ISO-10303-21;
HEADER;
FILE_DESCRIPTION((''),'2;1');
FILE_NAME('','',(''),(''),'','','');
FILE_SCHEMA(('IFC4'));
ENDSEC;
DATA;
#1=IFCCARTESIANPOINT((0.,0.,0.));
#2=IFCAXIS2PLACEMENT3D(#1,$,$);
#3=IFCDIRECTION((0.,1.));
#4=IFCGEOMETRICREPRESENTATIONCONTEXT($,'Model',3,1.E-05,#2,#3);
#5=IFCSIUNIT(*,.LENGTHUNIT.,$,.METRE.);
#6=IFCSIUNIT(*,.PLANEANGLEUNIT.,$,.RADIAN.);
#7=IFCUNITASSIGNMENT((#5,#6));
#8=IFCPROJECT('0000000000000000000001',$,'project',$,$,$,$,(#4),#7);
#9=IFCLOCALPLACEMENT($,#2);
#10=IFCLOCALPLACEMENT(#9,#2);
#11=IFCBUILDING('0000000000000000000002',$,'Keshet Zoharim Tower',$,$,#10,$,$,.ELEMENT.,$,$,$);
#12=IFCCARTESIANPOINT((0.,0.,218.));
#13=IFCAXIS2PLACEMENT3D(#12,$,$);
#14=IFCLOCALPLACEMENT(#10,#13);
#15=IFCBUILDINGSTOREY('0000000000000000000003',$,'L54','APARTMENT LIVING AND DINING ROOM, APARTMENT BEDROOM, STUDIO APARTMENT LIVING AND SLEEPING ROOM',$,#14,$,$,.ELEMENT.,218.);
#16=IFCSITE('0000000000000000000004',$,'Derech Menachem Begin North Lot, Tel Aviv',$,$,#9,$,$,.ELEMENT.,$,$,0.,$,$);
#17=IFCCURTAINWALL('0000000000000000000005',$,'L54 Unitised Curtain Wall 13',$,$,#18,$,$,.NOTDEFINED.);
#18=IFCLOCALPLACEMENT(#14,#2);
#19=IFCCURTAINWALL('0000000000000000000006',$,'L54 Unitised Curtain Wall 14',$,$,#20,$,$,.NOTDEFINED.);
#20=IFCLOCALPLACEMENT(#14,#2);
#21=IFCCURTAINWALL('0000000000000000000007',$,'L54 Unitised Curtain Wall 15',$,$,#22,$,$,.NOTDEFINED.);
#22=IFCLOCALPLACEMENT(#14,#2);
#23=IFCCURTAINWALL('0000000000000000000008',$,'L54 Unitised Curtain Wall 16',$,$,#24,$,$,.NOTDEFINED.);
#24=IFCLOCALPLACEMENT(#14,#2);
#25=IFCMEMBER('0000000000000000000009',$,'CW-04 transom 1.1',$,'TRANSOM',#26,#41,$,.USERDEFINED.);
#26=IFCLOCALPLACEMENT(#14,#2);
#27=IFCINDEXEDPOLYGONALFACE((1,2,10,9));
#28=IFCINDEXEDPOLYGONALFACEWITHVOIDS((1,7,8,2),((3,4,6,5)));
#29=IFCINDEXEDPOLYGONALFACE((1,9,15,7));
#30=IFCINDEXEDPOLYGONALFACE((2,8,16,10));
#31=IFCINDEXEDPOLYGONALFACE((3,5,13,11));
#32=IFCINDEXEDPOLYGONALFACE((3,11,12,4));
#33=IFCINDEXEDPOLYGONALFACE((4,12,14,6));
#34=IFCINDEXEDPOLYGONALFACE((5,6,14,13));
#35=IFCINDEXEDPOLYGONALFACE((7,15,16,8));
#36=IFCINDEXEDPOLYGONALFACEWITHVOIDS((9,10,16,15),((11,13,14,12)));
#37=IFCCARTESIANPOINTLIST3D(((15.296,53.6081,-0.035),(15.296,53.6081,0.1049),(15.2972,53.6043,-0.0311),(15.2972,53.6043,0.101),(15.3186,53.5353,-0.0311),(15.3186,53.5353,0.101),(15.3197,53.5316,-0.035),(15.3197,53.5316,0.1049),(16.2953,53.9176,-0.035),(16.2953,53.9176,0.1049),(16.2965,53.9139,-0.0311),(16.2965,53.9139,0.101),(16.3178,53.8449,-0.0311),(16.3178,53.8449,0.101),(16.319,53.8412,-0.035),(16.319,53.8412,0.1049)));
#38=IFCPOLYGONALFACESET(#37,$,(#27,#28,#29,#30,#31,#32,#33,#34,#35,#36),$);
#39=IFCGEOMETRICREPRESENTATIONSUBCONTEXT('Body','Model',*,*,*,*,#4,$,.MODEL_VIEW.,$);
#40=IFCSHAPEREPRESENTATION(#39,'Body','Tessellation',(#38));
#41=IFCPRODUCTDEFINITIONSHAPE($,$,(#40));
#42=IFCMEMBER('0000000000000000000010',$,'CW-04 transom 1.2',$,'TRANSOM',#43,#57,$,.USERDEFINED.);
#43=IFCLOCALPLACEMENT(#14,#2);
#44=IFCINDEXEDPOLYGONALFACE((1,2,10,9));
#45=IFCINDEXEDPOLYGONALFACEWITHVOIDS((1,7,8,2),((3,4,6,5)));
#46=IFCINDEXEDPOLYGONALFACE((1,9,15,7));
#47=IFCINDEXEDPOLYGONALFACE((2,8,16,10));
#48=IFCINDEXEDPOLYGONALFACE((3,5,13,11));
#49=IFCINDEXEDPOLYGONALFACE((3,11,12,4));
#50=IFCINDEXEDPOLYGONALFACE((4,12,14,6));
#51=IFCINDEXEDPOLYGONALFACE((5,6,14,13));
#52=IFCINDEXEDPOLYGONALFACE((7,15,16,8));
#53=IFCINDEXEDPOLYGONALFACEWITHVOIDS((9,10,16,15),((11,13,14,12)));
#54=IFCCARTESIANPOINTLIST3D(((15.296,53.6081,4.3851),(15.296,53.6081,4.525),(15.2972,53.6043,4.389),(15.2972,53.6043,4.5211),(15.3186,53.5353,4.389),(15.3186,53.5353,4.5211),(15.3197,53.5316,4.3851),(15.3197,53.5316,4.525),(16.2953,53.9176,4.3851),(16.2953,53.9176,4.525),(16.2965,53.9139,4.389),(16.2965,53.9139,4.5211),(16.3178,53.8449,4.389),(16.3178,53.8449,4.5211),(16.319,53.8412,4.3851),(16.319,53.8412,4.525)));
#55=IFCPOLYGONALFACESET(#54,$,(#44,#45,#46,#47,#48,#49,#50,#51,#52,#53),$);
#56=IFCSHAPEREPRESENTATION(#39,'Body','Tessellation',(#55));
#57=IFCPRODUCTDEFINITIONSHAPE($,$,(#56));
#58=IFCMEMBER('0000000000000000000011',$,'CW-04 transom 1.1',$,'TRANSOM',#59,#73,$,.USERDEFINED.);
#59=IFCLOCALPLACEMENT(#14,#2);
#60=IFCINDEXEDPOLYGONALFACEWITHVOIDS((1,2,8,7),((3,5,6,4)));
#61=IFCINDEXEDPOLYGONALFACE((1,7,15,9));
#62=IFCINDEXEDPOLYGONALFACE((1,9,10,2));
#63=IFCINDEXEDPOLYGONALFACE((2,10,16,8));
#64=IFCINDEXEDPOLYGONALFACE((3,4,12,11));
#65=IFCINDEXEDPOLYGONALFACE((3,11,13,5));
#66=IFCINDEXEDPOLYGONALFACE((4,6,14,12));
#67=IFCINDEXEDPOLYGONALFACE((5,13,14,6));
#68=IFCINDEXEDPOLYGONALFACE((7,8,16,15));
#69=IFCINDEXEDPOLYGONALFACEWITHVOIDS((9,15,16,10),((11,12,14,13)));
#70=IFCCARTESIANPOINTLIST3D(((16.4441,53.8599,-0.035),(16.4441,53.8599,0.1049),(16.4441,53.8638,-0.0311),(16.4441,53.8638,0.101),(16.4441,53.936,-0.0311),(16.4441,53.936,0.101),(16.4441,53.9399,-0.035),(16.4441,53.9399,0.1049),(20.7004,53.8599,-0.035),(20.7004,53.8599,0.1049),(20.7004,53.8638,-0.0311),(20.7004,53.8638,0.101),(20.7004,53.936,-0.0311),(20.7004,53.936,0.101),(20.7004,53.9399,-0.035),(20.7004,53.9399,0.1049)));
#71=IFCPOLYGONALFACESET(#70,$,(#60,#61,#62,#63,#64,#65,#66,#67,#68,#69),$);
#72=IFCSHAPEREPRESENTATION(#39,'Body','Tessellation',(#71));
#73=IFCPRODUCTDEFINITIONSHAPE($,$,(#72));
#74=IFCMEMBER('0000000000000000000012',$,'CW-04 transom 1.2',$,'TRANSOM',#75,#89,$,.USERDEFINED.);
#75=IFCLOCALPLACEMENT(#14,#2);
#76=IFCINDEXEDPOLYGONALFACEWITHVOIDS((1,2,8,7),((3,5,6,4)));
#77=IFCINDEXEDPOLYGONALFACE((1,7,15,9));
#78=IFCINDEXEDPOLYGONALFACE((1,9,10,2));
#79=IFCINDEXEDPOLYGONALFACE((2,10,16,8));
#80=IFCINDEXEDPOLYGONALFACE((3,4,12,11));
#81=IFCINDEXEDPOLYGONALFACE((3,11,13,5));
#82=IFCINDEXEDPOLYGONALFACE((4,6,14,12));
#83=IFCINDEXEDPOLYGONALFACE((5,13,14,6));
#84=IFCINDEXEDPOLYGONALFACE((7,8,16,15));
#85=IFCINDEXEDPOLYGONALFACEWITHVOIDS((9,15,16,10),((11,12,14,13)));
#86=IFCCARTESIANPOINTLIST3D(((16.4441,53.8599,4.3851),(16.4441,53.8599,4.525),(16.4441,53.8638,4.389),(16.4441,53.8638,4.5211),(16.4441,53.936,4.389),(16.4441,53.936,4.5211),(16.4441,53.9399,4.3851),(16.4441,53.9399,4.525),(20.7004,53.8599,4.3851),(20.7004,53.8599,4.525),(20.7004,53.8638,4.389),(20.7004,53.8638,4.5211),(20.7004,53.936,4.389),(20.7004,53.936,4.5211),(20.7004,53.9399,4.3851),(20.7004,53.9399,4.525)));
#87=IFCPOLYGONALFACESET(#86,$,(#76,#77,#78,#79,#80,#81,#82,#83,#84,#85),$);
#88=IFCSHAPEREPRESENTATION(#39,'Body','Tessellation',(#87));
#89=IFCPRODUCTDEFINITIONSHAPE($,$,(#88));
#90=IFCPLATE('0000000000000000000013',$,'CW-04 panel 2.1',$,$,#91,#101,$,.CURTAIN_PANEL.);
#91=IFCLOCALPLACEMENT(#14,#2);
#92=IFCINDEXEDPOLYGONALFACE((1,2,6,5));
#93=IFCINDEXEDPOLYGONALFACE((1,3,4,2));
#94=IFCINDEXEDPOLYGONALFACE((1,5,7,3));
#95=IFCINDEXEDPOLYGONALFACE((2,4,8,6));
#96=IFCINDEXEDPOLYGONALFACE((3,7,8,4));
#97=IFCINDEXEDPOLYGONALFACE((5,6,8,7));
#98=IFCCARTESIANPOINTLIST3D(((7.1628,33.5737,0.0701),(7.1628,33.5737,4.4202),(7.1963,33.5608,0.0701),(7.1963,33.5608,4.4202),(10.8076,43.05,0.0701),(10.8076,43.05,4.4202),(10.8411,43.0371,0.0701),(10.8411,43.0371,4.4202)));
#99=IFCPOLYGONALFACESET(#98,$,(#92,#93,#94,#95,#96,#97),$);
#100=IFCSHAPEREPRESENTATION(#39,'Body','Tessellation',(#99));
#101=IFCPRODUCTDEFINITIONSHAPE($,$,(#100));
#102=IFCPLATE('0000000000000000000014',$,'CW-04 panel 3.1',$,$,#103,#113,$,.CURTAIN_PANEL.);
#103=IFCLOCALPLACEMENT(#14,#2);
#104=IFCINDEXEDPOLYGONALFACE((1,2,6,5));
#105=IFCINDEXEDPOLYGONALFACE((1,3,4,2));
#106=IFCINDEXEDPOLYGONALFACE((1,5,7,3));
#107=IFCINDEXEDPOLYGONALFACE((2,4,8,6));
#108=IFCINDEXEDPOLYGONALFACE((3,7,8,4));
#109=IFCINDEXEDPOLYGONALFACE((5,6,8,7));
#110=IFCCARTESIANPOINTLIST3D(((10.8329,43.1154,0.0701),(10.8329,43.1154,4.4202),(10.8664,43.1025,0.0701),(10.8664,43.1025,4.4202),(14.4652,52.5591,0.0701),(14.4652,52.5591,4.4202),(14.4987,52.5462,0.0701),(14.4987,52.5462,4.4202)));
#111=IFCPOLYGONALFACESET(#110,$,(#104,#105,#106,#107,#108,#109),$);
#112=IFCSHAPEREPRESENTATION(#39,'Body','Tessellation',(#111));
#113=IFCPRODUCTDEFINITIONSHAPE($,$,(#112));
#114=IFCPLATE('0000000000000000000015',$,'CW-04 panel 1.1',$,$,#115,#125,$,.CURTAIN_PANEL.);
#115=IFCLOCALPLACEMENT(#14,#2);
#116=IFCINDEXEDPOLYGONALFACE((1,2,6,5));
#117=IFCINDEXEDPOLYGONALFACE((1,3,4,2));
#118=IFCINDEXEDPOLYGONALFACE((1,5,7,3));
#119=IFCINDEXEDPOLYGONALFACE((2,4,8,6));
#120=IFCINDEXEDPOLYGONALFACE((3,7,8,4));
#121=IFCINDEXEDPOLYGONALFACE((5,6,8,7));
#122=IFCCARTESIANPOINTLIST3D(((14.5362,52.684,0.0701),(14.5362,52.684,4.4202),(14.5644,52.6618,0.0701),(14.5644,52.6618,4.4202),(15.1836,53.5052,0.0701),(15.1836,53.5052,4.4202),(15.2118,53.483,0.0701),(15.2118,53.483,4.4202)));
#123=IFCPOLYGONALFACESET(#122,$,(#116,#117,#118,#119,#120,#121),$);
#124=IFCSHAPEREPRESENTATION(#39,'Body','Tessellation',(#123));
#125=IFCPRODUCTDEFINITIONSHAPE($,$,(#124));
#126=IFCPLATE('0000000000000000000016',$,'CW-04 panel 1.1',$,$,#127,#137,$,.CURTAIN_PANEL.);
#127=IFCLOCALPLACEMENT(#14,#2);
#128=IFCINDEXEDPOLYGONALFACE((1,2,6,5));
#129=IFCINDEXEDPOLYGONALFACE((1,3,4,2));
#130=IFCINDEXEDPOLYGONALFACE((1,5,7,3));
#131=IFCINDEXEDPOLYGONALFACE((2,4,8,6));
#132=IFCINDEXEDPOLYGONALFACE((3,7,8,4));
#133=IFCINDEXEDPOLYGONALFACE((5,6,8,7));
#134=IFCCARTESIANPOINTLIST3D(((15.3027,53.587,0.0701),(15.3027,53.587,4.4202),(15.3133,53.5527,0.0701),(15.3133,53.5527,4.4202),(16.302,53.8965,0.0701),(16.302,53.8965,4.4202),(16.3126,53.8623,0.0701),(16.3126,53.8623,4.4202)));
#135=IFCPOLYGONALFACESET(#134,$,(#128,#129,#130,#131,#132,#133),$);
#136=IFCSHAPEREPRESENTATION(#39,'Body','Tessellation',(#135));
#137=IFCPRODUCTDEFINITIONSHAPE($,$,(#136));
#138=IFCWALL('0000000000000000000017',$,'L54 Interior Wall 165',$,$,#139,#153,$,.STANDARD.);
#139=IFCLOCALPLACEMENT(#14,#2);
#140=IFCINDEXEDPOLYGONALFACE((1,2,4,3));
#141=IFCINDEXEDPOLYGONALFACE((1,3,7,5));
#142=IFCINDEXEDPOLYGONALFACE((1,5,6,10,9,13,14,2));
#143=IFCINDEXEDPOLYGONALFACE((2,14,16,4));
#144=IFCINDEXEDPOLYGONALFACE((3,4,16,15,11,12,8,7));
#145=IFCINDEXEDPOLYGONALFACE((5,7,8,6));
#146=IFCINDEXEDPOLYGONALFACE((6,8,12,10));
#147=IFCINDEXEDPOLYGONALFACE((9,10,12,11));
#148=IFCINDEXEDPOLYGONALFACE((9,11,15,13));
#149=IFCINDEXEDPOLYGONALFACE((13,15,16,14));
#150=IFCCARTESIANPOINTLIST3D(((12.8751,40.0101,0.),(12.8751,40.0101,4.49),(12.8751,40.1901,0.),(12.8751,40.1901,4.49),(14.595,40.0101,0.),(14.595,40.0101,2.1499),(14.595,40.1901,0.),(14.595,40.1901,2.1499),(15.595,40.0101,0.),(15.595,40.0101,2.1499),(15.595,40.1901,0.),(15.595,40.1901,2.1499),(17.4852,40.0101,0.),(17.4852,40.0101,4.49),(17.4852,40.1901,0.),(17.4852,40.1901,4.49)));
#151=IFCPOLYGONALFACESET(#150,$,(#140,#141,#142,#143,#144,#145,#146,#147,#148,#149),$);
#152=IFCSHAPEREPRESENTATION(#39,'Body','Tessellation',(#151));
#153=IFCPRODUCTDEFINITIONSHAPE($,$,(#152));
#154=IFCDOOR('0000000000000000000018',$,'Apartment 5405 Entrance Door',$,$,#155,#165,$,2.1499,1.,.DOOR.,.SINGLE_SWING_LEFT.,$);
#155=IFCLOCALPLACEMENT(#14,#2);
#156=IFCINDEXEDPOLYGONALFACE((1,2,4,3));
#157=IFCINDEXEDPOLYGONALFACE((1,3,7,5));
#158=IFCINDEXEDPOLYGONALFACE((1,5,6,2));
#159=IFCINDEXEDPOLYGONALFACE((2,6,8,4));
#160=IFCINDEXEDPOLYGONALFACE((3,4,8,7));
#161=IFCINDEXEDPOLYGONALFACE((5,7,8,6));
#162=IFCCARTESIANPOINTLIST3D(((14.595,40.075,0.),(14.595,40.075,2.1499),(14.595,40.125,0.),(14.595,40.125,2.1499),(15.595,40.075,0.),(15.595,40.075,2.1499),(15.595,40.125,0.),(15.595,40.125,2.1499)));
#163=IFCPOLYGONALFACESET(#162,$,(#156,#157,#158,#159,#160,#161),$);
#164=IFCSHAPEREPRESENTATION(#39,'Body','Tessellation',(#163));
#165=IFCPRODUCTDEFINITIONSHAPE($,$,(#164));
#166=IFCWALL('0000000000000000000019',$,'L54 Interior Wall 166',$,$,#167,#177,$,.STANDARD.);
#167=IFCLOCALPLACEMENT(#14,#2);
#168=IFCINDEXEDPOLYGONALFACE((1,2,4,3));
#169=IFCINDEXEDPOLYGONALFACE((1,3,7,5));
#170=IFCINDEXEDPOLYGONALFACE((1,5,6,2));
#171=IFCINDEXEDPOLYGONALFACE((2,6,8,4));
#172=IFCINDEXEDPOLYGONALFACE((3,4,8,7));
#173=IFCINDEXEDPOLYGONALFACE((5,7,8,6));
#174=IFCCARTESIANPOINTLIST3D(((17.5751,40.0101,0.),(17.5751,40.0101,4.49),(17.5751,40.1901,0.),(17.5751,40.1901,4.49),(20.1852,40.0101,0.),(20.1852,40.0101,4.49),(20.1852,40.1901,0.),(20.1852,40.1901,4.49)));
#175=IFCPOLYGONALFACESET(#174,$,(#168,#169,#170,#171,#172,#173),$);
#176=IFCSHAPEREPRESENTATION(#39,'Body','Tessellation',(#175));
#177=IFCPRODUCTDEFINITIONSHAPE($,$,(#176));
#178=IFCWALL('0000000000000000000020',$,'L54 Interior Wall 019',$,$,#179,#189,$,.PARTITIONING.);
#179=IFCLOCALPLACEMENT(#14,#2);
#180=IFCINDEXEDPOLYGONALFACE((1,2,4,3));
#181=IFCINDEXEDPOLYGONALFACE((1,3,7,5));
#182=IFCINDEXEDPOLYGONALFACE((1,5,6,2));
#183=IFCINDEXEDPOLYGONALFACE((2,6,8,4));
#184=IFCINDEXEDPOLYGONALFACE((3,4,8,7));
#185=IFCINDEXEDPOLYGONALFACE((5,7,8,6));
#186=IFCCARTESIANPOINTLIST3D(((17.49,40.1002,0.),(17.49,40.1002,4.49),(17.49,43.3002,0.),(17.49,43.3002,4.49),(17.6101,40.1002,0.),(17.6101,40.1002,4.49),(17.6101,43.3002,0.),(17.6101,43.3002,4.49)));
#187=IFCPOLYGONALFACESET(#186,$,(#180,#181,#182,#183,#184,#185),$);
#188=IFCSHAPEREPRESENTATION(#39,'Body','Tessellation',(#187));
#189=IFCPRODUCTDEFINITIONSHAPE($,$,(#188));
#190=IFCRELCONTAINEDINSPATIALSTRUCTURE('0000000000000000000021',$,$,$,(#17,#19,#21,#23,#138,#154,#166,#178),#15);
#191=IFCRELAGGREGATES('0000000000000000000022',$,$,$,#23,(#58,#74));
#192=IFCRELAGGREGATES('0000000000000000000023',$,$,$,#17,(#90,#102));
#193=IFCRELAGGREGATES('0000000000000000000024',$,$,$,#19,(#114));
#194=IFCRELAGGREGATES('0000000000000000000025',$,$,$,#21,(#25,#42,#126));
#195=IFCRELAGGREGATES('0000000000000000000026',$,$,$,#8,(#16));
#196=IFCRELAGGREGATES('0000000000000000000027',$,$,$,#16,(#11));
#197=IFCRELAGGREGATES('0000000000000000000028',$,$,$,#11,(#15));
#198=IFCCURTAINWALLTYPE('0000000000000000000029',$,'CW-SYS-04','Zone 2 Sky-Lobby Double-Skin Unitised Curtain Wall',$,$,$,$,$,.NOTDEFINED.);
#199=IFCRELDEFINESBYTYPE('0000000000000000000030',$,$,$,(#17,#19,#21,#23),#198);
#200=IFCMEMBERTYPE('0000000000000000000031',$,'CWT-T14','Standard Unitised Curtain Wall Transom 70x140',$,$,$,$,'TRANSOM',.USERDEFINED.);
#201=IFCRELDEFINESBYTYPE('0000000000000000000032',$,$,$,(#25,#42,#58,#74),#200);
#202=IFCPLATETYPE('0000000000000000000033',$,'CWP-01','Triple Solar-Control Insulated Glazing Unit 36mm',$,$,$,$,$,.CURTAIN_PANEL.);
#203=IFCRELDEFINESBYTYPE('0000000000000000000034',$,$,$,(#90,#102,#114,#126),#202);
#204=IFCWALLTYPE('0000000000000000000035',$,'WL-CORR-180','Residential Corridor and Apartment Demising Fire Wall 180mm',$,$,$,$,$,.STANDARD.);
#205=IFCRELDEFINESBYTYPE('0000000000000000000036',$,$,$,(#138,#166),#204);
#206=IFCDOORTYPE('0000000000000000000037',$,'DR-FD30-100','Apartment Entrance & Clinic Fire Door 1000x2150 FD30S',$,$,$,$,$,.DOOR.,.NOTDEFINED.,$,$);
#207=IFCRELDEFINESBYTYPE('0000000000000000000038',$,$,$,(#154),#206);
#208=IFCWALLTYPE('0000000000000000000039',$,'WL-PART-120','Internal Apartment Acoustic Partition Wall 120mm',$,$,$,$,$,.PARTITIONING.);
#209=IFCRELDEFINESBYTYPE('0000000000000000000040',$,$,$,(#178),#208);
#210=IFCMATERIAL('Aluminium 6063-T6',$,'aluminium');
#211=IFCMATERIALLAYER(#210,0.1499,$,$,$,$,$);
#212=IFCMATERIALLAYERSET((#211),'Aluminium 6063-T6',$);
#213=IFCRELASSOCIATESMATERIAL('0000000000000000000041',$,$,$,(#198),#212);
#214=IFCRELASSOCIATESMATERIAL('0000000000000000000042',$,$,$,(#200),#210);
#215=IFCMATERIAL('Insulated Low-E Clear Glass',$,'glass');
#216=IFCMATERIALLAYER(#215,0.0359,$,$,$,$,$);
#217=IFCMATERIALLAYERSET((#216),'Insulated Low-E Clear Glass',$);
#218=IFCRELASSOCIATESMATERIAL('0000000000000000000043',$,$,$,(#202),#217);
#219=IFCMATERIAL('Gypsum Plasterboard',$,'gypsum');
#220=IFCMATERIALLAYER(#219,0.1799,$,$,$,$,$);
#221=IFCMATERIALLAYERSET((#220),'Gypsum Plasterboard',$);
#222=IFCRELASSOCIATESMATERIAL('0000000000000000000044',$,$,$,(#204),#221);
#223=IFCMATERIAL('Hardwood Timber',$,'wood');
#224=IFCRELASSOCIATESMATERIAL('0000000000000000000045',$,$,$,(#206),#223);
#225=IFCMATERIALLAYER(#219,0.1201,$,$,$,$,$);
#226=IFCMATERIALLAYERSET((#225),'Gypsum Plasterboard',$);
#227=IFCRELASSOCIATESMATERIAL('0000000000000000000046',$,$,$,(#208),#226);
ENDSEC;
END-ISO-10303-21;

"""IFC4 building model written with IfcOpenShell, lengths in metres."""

from ifc_helpers import new_model, si_unit, direction, frame, frame_2d, origin, origin_2d, place, context, subcontext, project, spatial, rectangle, hollow_rectangle, extrude, material, layer, layer_set, material_profile, profile_set, type_object, element, fill, aggregate, save


model = new_model("IFC4")

# Units and contexts
model_context = context("Model", 3, precision=1e-05, world=origin(), true_north=direction((0.0, 1.0)))
body_context = subcontext(model_context, "Body", "Model", "MODEL_VIEW")
ifc_project = project(units=[si_unit("LENGTHUNIT", "METRE"), si_unit("PLANEANGLEUNIT", "RADIAN")], contexts=[model_context])

# Site, building, storey
site_placement = place(None, origin())
site = spatial("IfcSite", under=ifc_project, at=site_placement, Name="Derech Menachem Begin North Lot, Tel Aviv", CompositionType="ELEMENT", RefElevation=0.0)
building_placement = place(site_placement, origin())
building = spatial("IfcBuilding", under=site, at=building_placement, Name="Keshet Zoharim Tower", CompositionType="ELEMENT")
storey_placement = place(building_placement, frame((0.0, 0.0, 218.0)))
storey = spatial("IfcBuildingStorey", under=building, at=storey_placement, Name="L54", Description="APARTMENT LIVING AND DINING ROOM, APARTMENT BEDROOM, STUDIO APARTMENT LIVING AND SLEEPING ROOM", CompositionType="ELEMENT", Elevation=218.0)

# Curtain walls
ifc_material_1 = material(Name="Aluminium 6063-T6", Category="aluminium")
ifc_layer_1 = layer(ifc_material_1, 0.1499)
ifc_layer_set_1 = layer_set([ifc_layer_1], Name="Aluminium 6063-T6")
curtain_wall_type = type_object("IfcCurtainWallType", Name="CW-SYS-04", Description="Zone 2 Sky-Lobby Double-Skin Unitised Curtain Wall", PredefinedType="NOTDEFINED", material=ifc_layer_set_1)
curtain_wall_1_placement = place(storey_placement, origin())
curtain_wall_1 = element("IfcCurtainWall", 1, at=curtain_wall_1_placement, inside=storey, type_object=curtain_wall_type, Name="L54 Unitised Curtain Wall 13", PredefinedType="NOTDEFINED")
curtain_wall_2_placement = place(storey_placement, origin())
curtain_wall_2 = element("IfcCurtainWall", 2, at=curtain_wall_2_placement, inside=storey, type_object=curtain_wall_type, Name="L54 Unitised Curtain Wall 14", PredefinedType="NOTDEFINED")
curtain_wall_3_placement = place(storey_placement, origin())
curtain_wall_3 = element("IfcCurtainWall", 3, at=curtain_wall_3_placement, inside=storey, type_object=curtain_wall_type, Name="L54 Unitised Curtain Wall 15", PredefinedType="NOTDEFINED")

# Curtain wall
curtain_wall_4_placement = place(storey_placement, origin())
curtain_wall_4 = element("IfcCurtainWall", 4, at=curtain_wall_4_placement, inside=storey, type_object=curtain_wall_type, Name="L54 Unitised Curtain Wall 16", PredefinedType="NOTDEFINED")

# Members
ifc_material_profile_1 = material_profile(ifc_material_1, hollow_rectangle(XDim=0.0801, YDim=0.1399, WallThickness=0.0039, at=origin_2d()), Name="TRN-80x140")
ifc_profile_set_1 = profile_set([ifc_material_profile_1], Name="Aluminium 6063-T6")
member_type_1 = type_object("IfcMemberType", Name="CWT-T14", Description="Standard Unitised Curtain Wall Transom 70x140", ElementType="TRANSOM", PredefinedType="USERDEFINED", material=ifc_profile_set_1)
member_1_placement = place(storey_placement, frame((15.3079, 53.5698, 0.0349), z_axis=(0.955212, 0.295922, 0.0), x_axis=(-0.295922, 0.955212, 0.0)))
member_1 = element("IfcMember", 5, at=member_1_placement, type_object=member_type_1, Name="CW-04 transom 1.1", ObjectType="TRANSOM", PredefinedType="USERDEFINED", context=body_context, shape_type="SweptSolid", body=[
    extrude(hollow_rectangle(XDim=0.0801, YDim=0.1399, WallThickness=0.0039, at=origin_2d()), origin(), (0.0, 0.0, 1.0), 1.0461),
])
member_2_placement = place(storey_placement, frame((15.3079, 53.5698, 4.4551), z_axis=(0.955212, 0.295922, 0.0), x_axis=(-0.295922, 0.955212, 0.0)))
member_2 = element("IfcMember", 6, at=member_2_placement, type_object=member_type_1, Name="CW-04 transom 1.2", ObjectType="TRANSOM", PredefinedType="USERDEFINED", context=body_context, shape_type="SweptSolid", body=[
    extrude(hollow_rectangle(XDim=0.0801, YDim=0.1399, WallThickness=0.0039, at=origin_2d()), origin(), (0.0, 0.0, 1.0), 1.0461),
])
member_3_placement = place(storey_placement, frame((16.4441, 53.8999, 0.0349), z_axis=(1.0, 0.0, 0.0), x_axis=(0.0, 1.0, 0.0)))
member_3 = element("IfcMember", 7, at=member_3_placement, type_object=member_type_1, Name="CW-04 transom 1.1", ObjectType="TRANSOM", PredefinedType="USERDEFINED", context=body_context, shape_type="SweptSolid", body=[
    extrude(hollow_rectangle(XDim=0.0801, YDim=0.1399, WallThickness=0.0039, at=origin_2d()), origin(), (0.0, 0.0, 1.0), 4.2563),
])
member_4_placement = place(storey_placement, frame((16.4441, 53.8999, 4.4551), z_axis=(1.0, 0.0, 0.0), x_axis=(0.0, 1.0, 0.0)))
member_4 = element("IfcMember", 8, at=member_4_placement, type_object=member_type_1, Name="CW-04 transom 1.2", ObjectType="TRANSOM", PredefinedType="USERDEFINED", context=body_context, shape_type="SweptSolid", body=[
    extrude(hollow_rectangle(XDim=0.0801, YDim=0.1399, WallThickness=0.0039, at=origin_2d()), origin(), (0.0, 0.0, 1.0), 4.2563),
])
aggregate(curtain_wall_4, [member_3, member_4])

# Plates
ifc_material_2 = material(Name="Insulated Low-E Clear Glass", Category="glass")
ifc_layer_2 = layer(ifc_material_2, 0.0359)
ifc_layer_set_2 = layer_set([ifc_layer_2], Name="Insulated Low-E Clear Glass")
plate_type = type_object("IfcPlateType", Name="CWP-01", Description="Triple Solar-Control Insulated Glazing Unit 36mm", PredefinedType="CURTAIN_PANEL", material=ifc_layer_set_2)
plate_1_placement = place(storey_placement, frame((9.002, 38.3054, 0.0701), z_axis=(0.0, 0.0, 1.0), x_axis=(0.35899, 0.933341, 0.0)))
plate_1 = element("IfcPlate", 9, at=plate_1_placement, type_object=plate_type, Name="CW-04 panel 2.1", PredefinedType="CURTAIN_PANEL", context=body_context, shape_type="SweptSolid", body=[
    extrude(rectangle(XDim=10.1531, YDim=0.0359, at=origin_2d()), origin(), (0.0, 0.0, 1.0), 4.3501),
])
plate_2_placement = place(storey_placement, frame((12.6658, 47.8308, 0.0701), z_axis=(0.0, 0.0, 1.0), x_axis=(0.35899, 0.933341, 0.0)))
plate_2 = element("IfcPlate", 10, at=plate_2_placement, type_object=plate_type, Name="CW-04 panel 3.1", PredefinedType="CURTAIN_PANEL", context=body_context, shape_type="SweptSolid", body=[
    extrude(rectangle(XDim=10.1182, YDim=0.0359, at=origin_2d()), origin(), (0.0, 0.0, 1.0), 4.3501),
])
aggregate(curtain_wall_1, [plate_1, plate_2])
plate_3_placement = place(storey_placement, frame((14.874, 53.0835, 0.0701), z_axis=(0.0, 0.0, 1.0), x_axis=(0.619125, 0.785293, 0.0)))
plate_3 = element("IfcPlate", 11, at=plate_3_placement, type_object=plate_type, Name="CW-04 panel 1.1", PredefinedType="CURTAIN_PANEL", context=body_context, shape_type="SweptSolid", body=[
    extrude(rectangle(XDim=1.0457, YDim=0.0359, at=origin_2d()), origin(), (0.0, 0.0, 1.0), 4.3501),
])
aggregate(curtain_wall_2, [plate_3])
plate_4_placement = place(storey_placement, frame((15.8076, 53.7246, 0.0701), z_axis=(0.0, 0.0, 1.0), x_axis=(0.955212, 0.295922, 0.0)))
plate_4 = element("IfcPlate", 12, at=plate_4_placement, type_object=plate_type, Name="CW-04 panel 1.1", PredefinedType="CURTAIN_PANEL", context=body_context, shape_type="SweptSolid", body=[
    extrude(rectangle(XDim=1.0461, YDim=0.0359, at=origin_2d()), origin(), (0.0, 0.0, 1.0), 4.3501),
])
aggregate(curtain_wall_3, [member_1, member_2, plate_4])

# Wall, opening, door
ifc_material_3 = material(Name="Gypsum Plasterboard", Category="gypsum")
ifc_layer_3 = layer(ifc_material_3, 0.1799)
ifc_layer_set_3 = layer_set([ifc_layer_3], Name="Gypsum Plasterboard")
wall_type_1 = type_object("IfcWallType", Name="WL-CORR-180", Description="Residential Corridor and Apartment Demising Fire Wall 180mm", PredefinedType="STANDARD", material=ifc_layer_set_3)
wall_1_placement = place(storey_placement, frame((12.875, 40.1001, 0.0), z_axis=(0.0, 0.0, 1.0), x_axis=(1.0, 0.0, 0.0)))
wall_1 = element("IfcWall", 13, at=wall_1_placement, inside=storey, type_object=wall_type_1, Name="L54 Interior Wall 165", PredefinedType="STANDARD", context=body_context, shape_type="SweptSolid", body=[
    extrude(rectangle(XDim=4.6101, YDim=0.1799, at=frame_2d((2.3052, 0.0))), origin(), (0.0, 0.0, 1.0), 4.49),
])
opening_1_placement = place(wall_1_placement, frame((1.72, 0.0, 0.0)))
opening_1 = element("IfcOpeningElement", 14, at=opening_1_placement, cuts=wall_1, PredefinedType="OPENING", context=body_context, shape_type="SweptSolid", body=[
    extrude(rectangle(XDim=1.0, YDim=2.1499, at=frame_2d((0.5, 1.075))), frame((0.0, 0.1001, 0.0), z_axis=(0.0, -1.0, 0.0), x_axis=(1.0, 0.0, 0.0)), (0.0, 0.0, 1.0), 0.2),
])
ifc_material_4 = material(Name="Hardwood Timber", Category="wood")
door_type_1 = type_object("IfcDoorType", Name="DR-FD30-100", Description="Apartment Entrance & Clinic Fire Door 1000x2150 FD30S", OperationType="NOTDEFINED", PredefinedType="DOOR", material=ifc_material_4)
door_1_placement = place(opening_1_placement, origin())
door_1 = element("IfcDoor", 15, at=door_1_placement, inside=storey, type_object=door_type_1, Name="Apartment 5405 Entrance Door", OperationType="SINGLE_SWING_LEFT", OverallHeight=2.1499, OverallWidth=1.0, PredefinedType="DOOR", context=body_context, shape_type="SweptSolid", body=[
    extrude(rectangle(XDim=1.0, YDim=2.1499, at=frame_2d((0.5, 1.075))), frame((0.0, 0.0249, 0.0), z_axis=(0.0, -1.0, 0.0), x_axis=(1.0, 0.0, 0.0)), (0.0, 0.0, 1.0), 0.05),
])
fill(opening_1, door_1)

# Walls
wall_2_placement = place(storey_placement, frame((17.575, 40.1001, 0.0), z_axis=(0.0, 0.0, 1.0), x_axis=(1.0, 0.0, 0.0)))
element("IfcWall", 16, at=wall_2_placement, inside=storey, type_object=wall_type_1, Name="L54 Interior Wall 166", PredefinedType="STANDARD", context=body_context, shape_type="SweptSolid", body=[
    extrude(rectangle(XDim=2.6101, YDim=0.1799, at=frame_2d((1.3052, 0.0))), origin(), (0.0, 0.0, 1.0), 4.49),
])
ifc_layer_4 = layer(ifc_material_3, 0.1201)
ifc_layer_set_4 = layer_set([ifc_layer_4], Name="Gypsum Plasterboard")
wall_type_2 = type_object("IfcWallType", Name="WL-PART-120", Description="Internal Apartment Acoustic Partition Wall 120mm", PredefinedType="PARTITIONING", material=ifc_layer_set_4)
wall_3_placement = place(storey_placement, frame((17.55, 40.1001, 0.0), z_axis=(0.0, 0.0, 1.0), x_axis=(0.0, 1.0, 0.0)))
element("IfcWall", 17, at=wall_3_placement, inside=storey, type_object=wall_type_2, Name="L54 Interior Wall 019", PredefinedType="PARTITIONING", context=body_context, shape_type="SweptSolid", body=[
    extrude(rectangle(XDim=3.2, YDim=0.1201, at=frame_2d((1.6001, 0.0))), origin(), (0.0, 0.0, 1.0), 4.49),
])

save(model, "model.ifc")
